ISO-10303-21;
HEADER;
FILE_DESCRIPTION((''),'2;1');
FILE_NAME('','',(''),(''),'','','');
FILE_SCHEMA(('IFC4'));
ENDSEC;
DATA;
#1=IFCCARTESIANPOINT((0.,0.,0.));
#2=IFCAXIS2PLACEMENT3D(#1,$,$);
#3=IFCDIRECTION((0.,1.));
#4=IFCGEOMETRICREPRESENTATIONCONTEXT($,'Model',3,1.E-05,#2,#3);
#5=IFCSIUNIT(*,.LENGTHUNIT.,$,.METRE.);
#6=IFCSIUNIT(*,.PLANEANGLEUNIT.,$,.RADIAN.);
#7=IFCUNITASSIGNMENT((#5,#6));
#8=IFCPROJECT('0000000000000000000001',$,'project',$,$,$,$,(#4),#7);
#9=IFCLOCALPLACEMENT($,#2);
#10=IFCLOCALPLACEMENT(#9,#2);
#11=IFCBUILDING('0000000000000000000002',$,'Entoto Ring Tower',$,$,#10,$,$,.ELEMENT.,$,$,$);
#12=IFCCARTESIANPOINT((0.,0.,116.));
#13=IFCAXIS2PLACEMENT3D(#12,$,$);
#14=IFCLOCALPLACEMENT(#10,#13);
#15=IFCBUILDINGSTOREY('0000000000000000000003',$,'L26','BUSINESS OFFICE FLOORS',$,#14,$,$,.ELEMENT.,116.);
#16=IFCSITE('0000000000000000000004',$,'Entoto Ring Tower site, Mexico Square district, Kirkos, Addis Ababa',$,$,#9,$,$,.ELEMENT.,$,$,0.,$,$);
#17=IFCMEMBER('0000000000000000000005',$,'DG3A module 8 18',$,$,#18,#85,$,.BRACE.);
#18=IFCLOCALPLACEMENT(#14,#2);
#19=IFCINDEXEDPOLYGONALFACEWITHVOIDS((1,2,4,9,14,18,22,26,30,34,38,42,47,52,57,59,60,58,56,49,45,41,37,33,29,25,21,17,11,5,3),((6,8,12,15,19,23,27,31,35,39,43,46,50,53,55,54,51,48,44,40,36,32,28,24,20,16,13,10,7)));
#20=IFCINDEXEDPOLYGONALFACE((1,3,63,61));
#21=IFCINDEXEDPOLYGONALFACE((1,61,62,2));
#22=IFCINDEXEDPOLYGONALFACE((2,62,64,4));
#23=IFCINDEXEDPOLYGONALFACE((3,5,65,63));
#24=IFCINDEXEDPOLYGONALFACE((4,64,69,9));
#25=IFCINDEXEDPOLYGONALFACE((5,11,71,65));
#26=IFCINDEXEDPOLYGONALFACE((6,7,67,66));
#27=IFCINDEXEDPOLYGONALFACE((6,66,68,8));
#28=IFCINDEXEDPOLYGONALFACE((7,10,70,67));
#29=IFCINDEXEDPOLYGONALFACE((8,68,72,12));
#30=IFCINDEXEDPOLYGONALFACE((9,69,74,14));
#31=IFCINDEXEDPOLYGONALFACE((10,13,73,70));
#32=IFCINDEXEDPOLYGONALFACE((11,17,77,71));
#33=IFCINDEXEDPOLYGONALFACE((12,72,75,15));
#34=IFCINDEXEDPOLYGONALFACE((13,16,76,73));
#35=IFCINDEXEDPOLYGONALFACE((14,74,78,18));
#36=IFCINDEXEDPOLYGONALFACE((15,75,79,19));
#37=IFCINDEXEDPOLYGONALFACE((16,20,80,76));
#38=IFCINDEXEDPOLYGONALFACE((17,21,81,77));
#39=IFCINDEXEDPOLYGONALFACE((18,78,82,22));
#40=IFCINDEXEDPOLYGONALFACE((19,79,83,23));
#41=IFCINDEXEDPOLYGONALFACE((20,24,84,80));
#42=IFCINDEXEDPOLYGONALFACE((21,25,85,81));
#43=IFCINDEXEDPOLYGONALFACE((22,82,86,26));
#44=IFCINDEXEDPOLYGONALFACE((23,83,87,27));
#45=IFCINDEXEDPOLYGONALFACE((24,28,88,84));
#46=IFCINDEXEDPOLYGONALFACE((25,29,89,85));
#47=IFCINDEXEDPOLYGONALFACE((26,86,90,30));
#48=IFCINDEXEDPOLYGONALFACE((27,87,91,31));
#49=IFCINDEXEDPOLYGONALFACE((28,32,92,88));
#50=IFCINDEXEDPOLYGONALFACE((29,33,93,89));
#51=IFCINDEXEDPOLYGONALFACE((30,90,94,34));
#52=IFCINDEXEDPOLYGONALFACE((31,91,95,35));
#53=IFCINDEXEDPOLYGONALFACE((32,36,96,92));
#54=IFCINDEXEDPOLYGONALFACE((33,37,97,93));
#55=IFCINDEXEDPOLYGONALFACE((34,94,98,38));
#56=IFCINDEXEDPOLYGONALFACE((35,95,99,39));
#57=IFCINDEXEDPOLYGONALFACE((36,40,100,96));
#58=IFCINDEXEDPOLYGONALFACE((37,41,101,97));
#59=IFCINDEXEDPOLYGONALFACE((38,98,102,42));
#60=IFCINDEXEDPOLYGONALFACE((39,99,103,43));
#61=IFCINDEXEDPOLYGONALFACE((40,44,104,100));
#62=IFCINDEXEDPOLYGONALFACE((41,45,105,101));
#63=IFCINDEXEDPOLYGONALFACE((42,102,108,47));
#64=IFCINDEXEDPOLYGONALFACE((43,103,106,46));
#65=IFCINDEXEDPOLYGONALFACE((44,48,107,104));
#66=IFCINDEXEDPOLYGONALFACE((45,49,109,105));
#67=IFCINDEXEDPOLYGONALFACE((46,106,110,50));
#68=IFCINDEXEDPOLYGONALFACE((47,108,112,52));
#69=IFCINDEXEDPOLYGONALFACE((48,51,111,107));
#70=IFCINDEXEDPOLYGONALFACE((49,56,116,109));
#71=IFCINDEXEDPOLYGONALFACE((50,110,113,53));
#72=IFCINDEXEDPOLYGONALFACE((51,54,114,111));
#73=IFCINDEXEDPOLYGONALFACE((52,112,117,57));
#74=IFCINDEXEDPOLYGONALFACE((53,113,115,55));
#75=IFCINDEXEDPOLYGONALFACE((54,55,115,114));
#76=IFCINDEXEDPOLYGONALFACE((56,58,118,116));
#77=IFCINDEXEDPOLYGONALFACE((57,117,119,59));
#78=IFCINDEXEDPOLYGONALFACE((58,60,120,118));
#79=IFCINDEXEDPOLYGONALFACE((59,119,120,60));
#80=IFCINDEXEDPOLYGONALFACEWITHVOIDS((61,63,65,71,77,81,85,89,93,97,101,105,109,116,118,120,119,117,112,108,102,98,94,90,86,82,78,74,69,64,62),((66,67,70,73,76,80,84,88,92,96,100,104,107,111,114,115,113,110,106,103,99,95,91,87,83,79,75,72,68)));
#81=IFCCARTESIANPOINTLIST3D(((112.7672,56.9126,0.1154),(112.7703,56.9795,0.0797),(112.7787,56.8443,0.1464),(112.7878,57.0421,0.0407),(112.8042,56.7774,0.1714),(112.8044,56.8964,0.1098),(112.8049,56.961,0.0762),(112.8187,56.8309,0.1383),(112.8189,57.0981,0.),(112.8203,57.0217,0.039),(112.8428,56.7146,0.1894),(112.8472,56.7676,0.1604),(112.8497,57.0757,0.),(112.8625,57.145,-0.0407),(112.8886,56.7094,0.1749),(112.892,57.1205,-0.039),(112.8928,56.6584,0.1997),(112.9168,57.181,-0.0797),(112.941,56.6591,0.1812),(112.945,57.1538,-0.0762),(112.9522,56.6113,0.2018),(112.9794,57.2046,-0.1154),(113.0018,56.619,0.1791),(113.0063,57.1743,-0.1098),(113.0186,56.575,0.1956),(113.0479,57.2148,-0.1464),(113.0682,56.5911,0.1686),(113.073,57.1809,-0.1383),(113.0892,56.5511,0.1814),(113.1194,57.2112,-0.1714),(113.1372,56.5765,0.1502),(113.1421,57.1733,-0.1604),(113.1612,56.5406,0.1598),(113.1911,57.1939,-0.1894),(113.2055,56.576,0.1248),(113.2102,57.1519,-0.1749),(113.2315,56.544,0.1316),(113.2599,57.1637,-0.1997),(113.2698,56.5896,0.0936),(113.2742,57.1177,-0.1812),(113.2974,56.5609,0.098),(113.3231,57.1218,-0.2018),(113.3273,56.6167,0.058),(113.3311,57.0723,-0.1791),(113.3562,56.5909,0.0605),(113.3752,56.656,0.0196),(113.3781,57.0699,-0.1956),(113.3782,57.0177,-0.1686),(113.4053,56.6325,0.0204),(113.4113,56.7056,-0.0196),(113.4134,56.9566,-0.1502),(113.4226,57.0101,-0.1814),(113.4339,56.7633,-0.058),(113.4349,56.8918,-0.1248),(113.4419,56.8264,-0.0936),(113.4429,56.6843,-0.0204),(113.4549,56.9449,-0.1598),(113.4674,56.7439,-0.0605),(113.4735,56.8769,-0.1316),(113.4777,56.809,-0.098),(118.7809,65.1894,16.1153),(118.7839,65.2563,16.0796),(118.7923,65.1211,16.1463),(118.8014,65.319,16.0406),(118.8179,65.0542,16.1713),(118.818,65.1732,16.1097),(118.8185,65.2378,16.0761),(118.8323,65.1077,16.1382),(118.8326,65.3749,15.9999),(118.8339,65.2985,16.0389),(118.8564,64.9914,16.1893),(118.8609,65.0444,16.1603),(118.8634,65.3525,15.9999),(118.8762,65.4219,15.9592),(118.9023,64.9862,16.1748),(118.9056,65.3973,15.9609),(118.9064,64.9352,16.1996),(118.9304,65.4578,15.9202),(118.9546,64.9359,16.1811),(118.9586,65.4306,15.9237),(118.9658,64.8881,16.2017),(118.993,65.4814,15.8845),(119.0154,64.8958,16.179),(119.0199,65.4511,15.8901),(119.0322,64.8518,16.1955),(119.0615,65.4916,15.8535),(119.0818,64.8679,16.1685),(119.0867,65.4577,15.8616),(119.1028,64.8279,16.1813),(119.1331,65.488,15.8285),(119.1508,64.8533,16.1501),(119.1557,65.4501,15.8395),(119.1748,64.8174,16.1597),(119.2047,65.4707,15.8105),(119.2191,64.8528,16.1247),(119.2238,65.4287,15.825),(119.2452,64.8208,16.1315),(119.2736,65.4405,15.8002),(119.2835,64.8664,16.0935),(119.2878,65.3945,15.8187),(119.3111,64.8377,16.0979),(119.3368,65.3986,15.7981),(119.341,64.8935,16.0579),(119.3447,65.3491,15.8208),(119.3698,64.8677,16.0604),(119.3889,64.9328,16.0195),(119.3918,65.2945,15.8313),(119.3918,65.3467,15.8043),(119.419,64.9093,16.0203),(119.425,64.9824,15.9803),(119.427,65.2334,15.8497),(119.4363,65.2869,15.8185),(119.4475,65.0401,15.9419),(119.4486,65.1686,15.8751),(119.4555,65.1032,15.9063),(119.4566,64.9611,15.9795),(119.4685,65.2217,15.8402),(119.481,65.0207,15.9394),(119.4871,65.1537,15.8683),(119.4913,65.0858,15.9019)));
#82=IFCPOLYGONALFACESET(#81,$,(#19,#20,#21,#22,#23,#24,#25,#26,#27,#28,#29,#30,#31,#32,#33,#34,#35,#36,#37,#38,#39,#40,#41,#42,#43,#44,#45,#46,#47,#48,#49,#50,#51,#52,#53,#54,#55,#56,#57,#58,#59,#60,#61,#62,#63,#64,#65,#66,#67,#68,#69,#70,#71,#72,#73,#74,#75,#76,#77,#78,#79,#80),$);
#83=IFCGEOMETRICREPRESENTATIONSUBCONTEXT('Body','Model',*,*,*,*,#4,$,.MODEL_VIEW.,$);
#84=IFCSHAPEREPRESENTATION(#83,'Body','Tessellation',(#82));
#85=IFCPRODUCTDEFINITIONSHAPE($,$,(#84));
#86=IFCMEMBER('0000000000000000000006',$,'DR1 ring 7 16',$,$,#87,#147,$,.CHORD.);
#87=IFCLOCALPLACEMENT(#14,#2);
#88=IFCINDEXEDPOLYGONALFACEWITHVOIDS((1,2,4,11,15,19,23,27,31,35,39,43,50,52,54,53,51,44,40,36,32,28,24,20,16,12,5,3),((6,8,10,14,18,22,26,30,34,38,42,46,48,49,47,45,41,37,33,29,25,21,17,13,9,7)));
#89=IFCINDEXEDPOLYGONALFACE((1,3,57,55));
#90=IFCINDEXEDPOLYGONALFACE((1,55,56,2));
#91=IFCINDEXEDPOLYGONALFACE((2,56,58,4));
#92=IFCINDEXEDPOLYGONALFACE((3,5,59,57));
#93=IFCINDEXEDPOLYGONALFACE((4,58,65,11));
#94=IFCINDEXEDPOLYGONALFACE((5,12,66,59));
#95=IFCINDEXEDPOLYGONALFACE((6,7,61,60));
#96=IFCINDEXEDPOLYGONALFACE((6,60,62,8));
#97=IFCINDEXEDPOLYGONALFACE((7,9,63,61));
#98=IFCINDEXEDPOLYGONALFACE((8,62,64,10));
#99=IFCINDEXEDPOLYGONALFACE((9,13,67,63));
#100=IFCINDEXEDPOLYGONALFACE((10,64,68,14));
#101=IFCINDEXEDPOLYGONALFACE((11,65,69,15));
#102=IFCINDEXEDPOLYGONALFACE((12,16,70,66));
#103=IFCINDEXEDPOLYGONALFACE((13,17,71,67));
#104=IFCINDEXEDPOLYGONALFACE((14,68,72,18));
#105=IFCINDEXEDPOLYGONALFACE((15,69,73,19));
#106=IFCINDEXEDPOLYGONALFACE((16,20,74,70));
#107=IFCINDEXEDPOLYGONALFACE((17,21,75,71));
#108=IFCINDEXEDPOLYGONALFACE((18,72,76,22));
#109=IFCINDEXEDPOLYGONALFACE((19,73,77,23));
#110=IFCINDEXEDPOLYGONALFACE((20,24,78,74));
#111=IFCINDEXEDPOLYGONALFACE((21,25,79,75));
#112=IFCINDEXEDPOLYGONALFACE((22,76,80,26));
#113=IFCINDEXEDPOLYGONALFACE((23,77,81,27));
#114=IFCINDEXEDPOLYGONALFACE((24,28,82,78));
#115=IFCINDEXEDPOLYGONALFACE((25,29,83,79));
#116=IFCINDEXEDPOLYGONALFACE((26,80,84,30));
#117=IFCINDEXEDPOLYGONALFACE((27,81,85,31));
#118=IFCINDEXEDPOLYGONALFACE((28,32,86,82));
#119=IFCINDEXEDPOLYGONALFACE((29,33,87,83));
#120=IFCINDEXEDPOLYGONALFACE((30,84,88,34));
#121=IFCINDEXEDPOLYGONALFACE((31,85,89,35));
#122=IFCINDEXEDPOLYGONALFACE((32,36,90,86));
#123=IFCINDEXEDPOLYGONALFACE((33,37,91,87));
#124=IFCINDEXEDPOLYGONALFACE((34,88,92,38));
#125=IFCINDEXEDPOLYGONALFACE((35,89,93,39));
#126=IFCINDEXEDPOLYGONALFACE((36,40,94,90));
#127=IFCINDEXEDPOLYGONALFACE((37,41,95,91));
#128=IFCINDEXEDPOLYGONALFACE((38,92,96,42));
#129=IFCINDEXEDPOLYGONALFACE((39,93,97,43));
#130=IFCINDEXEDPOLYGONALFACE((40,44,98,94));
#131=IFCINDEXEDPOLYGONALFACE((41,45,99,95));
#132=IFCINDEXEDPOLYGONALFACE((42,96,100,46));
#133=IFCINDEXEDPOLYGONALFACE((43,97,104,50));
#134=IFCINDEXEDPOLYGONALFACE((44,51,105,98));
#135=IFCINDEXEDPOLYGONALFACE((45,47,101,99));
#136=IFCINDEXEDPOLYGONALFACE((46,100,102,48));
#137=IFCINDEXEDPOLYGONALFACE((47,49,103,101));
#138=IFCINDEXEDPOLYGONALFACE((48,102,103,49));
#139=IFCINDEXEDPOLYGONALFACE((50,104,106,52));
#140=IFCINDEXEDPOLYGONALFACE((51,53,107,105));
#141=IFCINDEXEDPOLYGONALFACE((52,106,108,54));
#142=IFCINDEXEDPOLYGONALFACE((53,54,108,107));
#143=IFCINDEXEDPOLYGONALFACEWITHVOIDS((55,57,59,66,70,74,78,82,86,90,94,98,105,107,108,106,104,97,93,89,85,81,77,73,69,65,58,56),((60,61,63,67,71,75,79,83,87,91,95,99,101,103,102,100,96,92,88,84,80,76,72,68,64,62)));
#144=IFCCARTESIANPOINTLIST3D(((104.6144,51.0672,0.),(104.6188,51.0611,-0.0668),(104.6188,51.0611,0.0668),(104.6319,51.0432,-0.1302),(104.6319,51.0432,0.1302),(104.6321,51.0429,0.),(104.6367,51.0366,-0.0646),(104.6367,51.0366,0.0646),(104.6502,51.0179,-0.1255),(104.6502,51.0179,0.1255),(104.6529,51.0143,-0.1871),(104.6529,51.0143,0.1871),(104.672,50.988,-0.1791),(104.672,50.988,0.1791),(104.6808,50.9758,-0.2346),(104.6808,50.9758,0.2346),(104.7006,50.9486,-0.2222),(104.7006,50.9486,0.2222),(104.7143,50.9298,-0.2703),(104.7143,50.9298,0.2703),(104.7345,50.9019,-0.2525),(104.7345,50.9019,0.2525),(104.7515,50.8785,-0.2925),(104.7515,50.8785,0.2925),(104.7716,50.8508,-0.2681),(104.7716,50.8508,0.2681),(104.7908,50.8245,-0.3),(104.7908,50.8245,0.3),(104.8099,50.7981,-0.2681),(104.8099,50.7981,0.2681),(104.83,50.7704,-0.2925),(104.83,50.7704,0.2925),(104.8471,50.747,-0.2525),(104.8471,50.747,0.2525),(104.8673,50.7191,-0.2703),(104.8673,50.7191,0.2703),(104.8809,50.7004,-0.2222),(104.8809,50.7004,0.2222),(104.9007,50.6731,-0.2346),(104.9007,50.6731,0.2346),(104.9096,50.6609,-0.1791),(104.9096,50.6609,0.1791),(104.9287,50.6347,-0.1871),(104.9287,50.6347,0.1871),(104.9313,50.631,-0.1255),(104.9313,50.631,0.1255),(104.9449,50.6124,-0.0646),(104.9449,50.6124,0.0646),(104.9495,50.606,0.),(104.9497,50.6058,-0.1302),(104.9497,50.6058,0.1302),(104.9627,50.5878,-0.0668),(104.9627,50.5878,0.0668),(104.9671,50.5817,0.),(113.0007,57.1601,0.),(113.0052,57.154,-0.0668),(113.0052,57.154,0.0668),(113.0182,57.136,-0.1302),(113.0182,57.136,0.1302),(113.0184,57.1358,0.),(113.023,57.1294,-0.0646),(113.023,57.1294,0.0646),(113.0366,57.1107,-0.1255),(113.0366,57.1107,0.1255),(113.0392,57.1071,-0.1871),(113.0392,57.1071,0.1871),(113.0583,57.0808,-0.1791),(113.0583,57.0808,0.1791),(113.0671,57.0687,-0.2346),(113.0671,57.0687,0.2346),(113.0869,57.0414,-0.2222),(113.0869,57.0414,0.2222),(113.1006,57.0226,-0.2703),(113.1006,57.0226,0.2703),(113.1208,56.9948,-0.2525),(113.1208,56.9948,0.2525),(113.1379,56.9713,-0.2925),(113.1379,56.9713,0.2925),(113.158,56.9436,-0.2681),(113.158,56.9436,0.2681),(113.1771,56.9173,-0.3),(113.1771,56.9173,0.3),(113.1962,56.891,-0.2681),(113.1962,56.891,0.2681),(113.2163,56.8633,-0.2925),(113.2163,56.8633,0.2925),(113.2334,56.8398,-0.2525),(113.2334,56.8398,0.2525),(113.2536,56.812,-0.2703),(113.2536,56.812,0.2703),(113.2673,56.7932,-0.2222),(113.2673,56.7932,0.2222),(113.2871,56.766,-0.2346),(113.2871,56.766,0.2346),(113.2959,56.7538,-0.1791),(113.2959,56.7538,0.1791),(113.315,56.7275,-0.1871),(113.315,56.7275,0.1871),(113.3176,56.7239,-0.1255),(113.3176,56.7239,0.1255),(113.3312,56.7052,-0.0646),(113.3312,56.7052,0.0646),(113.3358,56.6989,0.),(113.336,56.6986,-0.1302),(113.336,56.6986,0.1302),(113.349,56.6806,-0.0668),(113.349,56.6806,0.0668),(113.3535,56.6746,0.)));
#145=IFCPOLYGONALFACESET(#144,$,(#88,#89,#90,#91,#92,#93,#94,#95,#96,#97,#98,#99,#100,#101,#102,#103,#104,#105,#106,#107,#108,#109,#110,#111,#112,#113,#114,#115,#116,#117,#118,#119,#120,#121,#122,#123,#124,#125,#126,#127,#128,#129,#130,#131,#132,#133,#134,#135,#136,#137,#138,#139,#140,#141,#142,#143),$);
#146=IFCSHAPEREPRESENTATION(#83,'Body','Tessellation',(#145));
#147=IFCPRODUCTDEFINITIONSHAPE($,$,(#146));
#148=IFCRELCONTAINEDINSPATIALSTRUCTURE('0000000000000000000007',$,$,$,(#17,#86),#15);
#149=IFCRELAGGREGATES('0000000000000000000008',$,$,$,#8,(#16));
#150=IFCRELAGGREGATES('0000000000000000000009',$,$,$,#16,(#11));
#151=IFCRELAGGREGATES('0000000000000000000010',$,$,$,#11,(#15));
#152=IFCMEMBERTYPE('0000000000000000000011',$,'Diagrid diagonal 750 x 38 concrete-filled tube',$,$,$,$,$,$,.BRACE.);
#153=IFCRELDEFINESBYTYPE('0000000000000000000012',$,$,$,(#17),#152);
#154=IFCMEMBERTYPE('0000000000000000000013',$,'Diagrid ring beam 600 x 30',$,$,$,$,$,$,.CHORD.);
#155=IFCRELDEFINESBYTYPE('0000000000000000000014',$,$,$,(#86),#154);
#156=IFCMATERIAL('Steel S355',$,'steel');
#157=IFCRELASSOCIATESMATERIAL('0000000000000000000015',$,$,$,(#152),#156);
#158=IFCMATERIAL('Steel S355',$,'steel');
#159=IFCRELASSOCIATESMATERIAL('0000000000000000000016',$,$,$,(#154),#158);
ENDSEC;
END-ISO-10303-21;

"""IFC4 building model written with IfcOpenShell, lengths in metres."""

from ifc_helpers import new_model, si_unit, direction, frame, origin, origin_2d, place, context, subcontext, project, spatial, circle, hollow_circle, extrude, material, material_profile, profile_set, type_object, element, save


model = new_model("IFC4")

# Units and contexts
model_context = context("Model", 3, precision=1e-05, world=origin(), true_north=direction((0.0, 1.0)))
body_context = subcontext(model_context, "Body", "Model", "MODEL_VIEW")
ifc_project = project(units=[si_unit("LENGTHUNIT", "METRE"), si_unit("PLANEANGLEUNIT", "RADIAN")], contexts=[model_context])

# Site, building, storey
site_placement = place(None, origin())
site = spatial("IfcSite", under=ifc_project, at=site_placement, Name="Entoto Ring Tower site, Mexico Square district, Kirkos, Addis Ababa", CompositionType="ELEMENT", RefElevation=0.0)
building_placement = place(site_placement, origin())
building = spatial("IfcBuilding", under=site, at=building_placement, Name="Entoto Ring Tower", CompositionType="ELEMENT")
storey_placement = place(building_placement, frame((0.0, 0.0, 116.0)))
storey = spatial("IfcBuildingStorey", under=building, at=storey_placement, Name="L26", Description="BUSINESS OFFICE FLOORS", CompositionType="ELEMENT", Elevation=116.0)

# Members
ifc_material_1 = material(Name="Steel S355", Category="steel")
ifc_material_profile_1 = material_profile(ifc_material_1, hollow_circle(Radius=0.375, WallThickness=0.0381, at=origin_2d()), Name="CHS 750 x 38")
ifc_material_2 = material(Name="Concrete C60/75", Category="concrete")
ifc_material_profile_2 = material_profile(ifc_material_2, circle(Radius=0.3369, at=origin_2d()), Name="Concrete C60/75 infill")
ifc_profile_set_1 = profile_set([ifc_material_profile_1, ifc_material_profile_2], Name="Steel S355")
member_type_1 = type_object("IfcMemberType", Name="Diagrid diagonal 750 x 38 concrete-filled tube", PredefinedType="BRACE", material=ifc_profile_set_1)
for number, where, z_axis, x_axis, name in (
    (1, (113.1223, 56.8777, 0.0), (0.316654, 0.435823, 0.84249), (-0.809008, 0.587797, 0.0), "DG3A module 8 18"),
):
    element("IfcMember", number, at=place(storey_placement, frame(where, z_axis=z_axis, x_axis=x_axis)), inside=storey, type_object=member_type_1, Name=name, PredefinedType="BRACE", context=body_context, shape_type="SweptSolid", body=[
        extrude(hollow_circle(Radius=0.375, WallThickness=0.0381, at=origin_2d()), origin(), (0.0, 0.0, 1.0), 18.9912),
    ])
ifc_material_3 = material(Name="Steel S355", Category="steel")
ifc_material_profile_3 = material_profile(ifc_material_3, hollow_circle(Radius=0.3, WallThickness=0.03, at=origin_2d()), Name="CHS 600 x 30")
ifc_material_4 = material(Name="Concrete C60/75", Category="concrete")
ifc_material_profile_4 = material_profile(ifc_material_4, circle(Radius=0.27, at=origin_2d()), Name="Concrete C60/75 infill")
ifc_profile_set_2 = profile_set([ifc_material_profile_3, ifc_material_profile_4], Name="Steel S355")
member_type_2 = type_object("IfcMemberType", Name="Diagrid ring beam 600 x 30", PredefinedType="CHORD", material=ifc_profile_set_2)
for number, where, z_axis, x_axis, name in (
    (2, (104.7908, 50.8245, 0.0), (0.809025, 0.587774, 0.0), (-0.587774, 0.809025, 0.0), "DR1 ring 7 16"),
):
    element("IfcMember", number, at=place(storey_placement, frame(where, z_axis=z_axis, x_axis=x_axis)), inside=storey, type_object=member_type_2, Name=name, PredefinedType="CHORD", context=body_context, shape_type="SweptSolid", body=[
        extrude(hollow_circle(Radius=0.3, WallThickness=0.03, at=origin_2d()), origin(), (0.0, 0.0, 1.0), 10.366),
    ])

save(model, "model.ifc")
